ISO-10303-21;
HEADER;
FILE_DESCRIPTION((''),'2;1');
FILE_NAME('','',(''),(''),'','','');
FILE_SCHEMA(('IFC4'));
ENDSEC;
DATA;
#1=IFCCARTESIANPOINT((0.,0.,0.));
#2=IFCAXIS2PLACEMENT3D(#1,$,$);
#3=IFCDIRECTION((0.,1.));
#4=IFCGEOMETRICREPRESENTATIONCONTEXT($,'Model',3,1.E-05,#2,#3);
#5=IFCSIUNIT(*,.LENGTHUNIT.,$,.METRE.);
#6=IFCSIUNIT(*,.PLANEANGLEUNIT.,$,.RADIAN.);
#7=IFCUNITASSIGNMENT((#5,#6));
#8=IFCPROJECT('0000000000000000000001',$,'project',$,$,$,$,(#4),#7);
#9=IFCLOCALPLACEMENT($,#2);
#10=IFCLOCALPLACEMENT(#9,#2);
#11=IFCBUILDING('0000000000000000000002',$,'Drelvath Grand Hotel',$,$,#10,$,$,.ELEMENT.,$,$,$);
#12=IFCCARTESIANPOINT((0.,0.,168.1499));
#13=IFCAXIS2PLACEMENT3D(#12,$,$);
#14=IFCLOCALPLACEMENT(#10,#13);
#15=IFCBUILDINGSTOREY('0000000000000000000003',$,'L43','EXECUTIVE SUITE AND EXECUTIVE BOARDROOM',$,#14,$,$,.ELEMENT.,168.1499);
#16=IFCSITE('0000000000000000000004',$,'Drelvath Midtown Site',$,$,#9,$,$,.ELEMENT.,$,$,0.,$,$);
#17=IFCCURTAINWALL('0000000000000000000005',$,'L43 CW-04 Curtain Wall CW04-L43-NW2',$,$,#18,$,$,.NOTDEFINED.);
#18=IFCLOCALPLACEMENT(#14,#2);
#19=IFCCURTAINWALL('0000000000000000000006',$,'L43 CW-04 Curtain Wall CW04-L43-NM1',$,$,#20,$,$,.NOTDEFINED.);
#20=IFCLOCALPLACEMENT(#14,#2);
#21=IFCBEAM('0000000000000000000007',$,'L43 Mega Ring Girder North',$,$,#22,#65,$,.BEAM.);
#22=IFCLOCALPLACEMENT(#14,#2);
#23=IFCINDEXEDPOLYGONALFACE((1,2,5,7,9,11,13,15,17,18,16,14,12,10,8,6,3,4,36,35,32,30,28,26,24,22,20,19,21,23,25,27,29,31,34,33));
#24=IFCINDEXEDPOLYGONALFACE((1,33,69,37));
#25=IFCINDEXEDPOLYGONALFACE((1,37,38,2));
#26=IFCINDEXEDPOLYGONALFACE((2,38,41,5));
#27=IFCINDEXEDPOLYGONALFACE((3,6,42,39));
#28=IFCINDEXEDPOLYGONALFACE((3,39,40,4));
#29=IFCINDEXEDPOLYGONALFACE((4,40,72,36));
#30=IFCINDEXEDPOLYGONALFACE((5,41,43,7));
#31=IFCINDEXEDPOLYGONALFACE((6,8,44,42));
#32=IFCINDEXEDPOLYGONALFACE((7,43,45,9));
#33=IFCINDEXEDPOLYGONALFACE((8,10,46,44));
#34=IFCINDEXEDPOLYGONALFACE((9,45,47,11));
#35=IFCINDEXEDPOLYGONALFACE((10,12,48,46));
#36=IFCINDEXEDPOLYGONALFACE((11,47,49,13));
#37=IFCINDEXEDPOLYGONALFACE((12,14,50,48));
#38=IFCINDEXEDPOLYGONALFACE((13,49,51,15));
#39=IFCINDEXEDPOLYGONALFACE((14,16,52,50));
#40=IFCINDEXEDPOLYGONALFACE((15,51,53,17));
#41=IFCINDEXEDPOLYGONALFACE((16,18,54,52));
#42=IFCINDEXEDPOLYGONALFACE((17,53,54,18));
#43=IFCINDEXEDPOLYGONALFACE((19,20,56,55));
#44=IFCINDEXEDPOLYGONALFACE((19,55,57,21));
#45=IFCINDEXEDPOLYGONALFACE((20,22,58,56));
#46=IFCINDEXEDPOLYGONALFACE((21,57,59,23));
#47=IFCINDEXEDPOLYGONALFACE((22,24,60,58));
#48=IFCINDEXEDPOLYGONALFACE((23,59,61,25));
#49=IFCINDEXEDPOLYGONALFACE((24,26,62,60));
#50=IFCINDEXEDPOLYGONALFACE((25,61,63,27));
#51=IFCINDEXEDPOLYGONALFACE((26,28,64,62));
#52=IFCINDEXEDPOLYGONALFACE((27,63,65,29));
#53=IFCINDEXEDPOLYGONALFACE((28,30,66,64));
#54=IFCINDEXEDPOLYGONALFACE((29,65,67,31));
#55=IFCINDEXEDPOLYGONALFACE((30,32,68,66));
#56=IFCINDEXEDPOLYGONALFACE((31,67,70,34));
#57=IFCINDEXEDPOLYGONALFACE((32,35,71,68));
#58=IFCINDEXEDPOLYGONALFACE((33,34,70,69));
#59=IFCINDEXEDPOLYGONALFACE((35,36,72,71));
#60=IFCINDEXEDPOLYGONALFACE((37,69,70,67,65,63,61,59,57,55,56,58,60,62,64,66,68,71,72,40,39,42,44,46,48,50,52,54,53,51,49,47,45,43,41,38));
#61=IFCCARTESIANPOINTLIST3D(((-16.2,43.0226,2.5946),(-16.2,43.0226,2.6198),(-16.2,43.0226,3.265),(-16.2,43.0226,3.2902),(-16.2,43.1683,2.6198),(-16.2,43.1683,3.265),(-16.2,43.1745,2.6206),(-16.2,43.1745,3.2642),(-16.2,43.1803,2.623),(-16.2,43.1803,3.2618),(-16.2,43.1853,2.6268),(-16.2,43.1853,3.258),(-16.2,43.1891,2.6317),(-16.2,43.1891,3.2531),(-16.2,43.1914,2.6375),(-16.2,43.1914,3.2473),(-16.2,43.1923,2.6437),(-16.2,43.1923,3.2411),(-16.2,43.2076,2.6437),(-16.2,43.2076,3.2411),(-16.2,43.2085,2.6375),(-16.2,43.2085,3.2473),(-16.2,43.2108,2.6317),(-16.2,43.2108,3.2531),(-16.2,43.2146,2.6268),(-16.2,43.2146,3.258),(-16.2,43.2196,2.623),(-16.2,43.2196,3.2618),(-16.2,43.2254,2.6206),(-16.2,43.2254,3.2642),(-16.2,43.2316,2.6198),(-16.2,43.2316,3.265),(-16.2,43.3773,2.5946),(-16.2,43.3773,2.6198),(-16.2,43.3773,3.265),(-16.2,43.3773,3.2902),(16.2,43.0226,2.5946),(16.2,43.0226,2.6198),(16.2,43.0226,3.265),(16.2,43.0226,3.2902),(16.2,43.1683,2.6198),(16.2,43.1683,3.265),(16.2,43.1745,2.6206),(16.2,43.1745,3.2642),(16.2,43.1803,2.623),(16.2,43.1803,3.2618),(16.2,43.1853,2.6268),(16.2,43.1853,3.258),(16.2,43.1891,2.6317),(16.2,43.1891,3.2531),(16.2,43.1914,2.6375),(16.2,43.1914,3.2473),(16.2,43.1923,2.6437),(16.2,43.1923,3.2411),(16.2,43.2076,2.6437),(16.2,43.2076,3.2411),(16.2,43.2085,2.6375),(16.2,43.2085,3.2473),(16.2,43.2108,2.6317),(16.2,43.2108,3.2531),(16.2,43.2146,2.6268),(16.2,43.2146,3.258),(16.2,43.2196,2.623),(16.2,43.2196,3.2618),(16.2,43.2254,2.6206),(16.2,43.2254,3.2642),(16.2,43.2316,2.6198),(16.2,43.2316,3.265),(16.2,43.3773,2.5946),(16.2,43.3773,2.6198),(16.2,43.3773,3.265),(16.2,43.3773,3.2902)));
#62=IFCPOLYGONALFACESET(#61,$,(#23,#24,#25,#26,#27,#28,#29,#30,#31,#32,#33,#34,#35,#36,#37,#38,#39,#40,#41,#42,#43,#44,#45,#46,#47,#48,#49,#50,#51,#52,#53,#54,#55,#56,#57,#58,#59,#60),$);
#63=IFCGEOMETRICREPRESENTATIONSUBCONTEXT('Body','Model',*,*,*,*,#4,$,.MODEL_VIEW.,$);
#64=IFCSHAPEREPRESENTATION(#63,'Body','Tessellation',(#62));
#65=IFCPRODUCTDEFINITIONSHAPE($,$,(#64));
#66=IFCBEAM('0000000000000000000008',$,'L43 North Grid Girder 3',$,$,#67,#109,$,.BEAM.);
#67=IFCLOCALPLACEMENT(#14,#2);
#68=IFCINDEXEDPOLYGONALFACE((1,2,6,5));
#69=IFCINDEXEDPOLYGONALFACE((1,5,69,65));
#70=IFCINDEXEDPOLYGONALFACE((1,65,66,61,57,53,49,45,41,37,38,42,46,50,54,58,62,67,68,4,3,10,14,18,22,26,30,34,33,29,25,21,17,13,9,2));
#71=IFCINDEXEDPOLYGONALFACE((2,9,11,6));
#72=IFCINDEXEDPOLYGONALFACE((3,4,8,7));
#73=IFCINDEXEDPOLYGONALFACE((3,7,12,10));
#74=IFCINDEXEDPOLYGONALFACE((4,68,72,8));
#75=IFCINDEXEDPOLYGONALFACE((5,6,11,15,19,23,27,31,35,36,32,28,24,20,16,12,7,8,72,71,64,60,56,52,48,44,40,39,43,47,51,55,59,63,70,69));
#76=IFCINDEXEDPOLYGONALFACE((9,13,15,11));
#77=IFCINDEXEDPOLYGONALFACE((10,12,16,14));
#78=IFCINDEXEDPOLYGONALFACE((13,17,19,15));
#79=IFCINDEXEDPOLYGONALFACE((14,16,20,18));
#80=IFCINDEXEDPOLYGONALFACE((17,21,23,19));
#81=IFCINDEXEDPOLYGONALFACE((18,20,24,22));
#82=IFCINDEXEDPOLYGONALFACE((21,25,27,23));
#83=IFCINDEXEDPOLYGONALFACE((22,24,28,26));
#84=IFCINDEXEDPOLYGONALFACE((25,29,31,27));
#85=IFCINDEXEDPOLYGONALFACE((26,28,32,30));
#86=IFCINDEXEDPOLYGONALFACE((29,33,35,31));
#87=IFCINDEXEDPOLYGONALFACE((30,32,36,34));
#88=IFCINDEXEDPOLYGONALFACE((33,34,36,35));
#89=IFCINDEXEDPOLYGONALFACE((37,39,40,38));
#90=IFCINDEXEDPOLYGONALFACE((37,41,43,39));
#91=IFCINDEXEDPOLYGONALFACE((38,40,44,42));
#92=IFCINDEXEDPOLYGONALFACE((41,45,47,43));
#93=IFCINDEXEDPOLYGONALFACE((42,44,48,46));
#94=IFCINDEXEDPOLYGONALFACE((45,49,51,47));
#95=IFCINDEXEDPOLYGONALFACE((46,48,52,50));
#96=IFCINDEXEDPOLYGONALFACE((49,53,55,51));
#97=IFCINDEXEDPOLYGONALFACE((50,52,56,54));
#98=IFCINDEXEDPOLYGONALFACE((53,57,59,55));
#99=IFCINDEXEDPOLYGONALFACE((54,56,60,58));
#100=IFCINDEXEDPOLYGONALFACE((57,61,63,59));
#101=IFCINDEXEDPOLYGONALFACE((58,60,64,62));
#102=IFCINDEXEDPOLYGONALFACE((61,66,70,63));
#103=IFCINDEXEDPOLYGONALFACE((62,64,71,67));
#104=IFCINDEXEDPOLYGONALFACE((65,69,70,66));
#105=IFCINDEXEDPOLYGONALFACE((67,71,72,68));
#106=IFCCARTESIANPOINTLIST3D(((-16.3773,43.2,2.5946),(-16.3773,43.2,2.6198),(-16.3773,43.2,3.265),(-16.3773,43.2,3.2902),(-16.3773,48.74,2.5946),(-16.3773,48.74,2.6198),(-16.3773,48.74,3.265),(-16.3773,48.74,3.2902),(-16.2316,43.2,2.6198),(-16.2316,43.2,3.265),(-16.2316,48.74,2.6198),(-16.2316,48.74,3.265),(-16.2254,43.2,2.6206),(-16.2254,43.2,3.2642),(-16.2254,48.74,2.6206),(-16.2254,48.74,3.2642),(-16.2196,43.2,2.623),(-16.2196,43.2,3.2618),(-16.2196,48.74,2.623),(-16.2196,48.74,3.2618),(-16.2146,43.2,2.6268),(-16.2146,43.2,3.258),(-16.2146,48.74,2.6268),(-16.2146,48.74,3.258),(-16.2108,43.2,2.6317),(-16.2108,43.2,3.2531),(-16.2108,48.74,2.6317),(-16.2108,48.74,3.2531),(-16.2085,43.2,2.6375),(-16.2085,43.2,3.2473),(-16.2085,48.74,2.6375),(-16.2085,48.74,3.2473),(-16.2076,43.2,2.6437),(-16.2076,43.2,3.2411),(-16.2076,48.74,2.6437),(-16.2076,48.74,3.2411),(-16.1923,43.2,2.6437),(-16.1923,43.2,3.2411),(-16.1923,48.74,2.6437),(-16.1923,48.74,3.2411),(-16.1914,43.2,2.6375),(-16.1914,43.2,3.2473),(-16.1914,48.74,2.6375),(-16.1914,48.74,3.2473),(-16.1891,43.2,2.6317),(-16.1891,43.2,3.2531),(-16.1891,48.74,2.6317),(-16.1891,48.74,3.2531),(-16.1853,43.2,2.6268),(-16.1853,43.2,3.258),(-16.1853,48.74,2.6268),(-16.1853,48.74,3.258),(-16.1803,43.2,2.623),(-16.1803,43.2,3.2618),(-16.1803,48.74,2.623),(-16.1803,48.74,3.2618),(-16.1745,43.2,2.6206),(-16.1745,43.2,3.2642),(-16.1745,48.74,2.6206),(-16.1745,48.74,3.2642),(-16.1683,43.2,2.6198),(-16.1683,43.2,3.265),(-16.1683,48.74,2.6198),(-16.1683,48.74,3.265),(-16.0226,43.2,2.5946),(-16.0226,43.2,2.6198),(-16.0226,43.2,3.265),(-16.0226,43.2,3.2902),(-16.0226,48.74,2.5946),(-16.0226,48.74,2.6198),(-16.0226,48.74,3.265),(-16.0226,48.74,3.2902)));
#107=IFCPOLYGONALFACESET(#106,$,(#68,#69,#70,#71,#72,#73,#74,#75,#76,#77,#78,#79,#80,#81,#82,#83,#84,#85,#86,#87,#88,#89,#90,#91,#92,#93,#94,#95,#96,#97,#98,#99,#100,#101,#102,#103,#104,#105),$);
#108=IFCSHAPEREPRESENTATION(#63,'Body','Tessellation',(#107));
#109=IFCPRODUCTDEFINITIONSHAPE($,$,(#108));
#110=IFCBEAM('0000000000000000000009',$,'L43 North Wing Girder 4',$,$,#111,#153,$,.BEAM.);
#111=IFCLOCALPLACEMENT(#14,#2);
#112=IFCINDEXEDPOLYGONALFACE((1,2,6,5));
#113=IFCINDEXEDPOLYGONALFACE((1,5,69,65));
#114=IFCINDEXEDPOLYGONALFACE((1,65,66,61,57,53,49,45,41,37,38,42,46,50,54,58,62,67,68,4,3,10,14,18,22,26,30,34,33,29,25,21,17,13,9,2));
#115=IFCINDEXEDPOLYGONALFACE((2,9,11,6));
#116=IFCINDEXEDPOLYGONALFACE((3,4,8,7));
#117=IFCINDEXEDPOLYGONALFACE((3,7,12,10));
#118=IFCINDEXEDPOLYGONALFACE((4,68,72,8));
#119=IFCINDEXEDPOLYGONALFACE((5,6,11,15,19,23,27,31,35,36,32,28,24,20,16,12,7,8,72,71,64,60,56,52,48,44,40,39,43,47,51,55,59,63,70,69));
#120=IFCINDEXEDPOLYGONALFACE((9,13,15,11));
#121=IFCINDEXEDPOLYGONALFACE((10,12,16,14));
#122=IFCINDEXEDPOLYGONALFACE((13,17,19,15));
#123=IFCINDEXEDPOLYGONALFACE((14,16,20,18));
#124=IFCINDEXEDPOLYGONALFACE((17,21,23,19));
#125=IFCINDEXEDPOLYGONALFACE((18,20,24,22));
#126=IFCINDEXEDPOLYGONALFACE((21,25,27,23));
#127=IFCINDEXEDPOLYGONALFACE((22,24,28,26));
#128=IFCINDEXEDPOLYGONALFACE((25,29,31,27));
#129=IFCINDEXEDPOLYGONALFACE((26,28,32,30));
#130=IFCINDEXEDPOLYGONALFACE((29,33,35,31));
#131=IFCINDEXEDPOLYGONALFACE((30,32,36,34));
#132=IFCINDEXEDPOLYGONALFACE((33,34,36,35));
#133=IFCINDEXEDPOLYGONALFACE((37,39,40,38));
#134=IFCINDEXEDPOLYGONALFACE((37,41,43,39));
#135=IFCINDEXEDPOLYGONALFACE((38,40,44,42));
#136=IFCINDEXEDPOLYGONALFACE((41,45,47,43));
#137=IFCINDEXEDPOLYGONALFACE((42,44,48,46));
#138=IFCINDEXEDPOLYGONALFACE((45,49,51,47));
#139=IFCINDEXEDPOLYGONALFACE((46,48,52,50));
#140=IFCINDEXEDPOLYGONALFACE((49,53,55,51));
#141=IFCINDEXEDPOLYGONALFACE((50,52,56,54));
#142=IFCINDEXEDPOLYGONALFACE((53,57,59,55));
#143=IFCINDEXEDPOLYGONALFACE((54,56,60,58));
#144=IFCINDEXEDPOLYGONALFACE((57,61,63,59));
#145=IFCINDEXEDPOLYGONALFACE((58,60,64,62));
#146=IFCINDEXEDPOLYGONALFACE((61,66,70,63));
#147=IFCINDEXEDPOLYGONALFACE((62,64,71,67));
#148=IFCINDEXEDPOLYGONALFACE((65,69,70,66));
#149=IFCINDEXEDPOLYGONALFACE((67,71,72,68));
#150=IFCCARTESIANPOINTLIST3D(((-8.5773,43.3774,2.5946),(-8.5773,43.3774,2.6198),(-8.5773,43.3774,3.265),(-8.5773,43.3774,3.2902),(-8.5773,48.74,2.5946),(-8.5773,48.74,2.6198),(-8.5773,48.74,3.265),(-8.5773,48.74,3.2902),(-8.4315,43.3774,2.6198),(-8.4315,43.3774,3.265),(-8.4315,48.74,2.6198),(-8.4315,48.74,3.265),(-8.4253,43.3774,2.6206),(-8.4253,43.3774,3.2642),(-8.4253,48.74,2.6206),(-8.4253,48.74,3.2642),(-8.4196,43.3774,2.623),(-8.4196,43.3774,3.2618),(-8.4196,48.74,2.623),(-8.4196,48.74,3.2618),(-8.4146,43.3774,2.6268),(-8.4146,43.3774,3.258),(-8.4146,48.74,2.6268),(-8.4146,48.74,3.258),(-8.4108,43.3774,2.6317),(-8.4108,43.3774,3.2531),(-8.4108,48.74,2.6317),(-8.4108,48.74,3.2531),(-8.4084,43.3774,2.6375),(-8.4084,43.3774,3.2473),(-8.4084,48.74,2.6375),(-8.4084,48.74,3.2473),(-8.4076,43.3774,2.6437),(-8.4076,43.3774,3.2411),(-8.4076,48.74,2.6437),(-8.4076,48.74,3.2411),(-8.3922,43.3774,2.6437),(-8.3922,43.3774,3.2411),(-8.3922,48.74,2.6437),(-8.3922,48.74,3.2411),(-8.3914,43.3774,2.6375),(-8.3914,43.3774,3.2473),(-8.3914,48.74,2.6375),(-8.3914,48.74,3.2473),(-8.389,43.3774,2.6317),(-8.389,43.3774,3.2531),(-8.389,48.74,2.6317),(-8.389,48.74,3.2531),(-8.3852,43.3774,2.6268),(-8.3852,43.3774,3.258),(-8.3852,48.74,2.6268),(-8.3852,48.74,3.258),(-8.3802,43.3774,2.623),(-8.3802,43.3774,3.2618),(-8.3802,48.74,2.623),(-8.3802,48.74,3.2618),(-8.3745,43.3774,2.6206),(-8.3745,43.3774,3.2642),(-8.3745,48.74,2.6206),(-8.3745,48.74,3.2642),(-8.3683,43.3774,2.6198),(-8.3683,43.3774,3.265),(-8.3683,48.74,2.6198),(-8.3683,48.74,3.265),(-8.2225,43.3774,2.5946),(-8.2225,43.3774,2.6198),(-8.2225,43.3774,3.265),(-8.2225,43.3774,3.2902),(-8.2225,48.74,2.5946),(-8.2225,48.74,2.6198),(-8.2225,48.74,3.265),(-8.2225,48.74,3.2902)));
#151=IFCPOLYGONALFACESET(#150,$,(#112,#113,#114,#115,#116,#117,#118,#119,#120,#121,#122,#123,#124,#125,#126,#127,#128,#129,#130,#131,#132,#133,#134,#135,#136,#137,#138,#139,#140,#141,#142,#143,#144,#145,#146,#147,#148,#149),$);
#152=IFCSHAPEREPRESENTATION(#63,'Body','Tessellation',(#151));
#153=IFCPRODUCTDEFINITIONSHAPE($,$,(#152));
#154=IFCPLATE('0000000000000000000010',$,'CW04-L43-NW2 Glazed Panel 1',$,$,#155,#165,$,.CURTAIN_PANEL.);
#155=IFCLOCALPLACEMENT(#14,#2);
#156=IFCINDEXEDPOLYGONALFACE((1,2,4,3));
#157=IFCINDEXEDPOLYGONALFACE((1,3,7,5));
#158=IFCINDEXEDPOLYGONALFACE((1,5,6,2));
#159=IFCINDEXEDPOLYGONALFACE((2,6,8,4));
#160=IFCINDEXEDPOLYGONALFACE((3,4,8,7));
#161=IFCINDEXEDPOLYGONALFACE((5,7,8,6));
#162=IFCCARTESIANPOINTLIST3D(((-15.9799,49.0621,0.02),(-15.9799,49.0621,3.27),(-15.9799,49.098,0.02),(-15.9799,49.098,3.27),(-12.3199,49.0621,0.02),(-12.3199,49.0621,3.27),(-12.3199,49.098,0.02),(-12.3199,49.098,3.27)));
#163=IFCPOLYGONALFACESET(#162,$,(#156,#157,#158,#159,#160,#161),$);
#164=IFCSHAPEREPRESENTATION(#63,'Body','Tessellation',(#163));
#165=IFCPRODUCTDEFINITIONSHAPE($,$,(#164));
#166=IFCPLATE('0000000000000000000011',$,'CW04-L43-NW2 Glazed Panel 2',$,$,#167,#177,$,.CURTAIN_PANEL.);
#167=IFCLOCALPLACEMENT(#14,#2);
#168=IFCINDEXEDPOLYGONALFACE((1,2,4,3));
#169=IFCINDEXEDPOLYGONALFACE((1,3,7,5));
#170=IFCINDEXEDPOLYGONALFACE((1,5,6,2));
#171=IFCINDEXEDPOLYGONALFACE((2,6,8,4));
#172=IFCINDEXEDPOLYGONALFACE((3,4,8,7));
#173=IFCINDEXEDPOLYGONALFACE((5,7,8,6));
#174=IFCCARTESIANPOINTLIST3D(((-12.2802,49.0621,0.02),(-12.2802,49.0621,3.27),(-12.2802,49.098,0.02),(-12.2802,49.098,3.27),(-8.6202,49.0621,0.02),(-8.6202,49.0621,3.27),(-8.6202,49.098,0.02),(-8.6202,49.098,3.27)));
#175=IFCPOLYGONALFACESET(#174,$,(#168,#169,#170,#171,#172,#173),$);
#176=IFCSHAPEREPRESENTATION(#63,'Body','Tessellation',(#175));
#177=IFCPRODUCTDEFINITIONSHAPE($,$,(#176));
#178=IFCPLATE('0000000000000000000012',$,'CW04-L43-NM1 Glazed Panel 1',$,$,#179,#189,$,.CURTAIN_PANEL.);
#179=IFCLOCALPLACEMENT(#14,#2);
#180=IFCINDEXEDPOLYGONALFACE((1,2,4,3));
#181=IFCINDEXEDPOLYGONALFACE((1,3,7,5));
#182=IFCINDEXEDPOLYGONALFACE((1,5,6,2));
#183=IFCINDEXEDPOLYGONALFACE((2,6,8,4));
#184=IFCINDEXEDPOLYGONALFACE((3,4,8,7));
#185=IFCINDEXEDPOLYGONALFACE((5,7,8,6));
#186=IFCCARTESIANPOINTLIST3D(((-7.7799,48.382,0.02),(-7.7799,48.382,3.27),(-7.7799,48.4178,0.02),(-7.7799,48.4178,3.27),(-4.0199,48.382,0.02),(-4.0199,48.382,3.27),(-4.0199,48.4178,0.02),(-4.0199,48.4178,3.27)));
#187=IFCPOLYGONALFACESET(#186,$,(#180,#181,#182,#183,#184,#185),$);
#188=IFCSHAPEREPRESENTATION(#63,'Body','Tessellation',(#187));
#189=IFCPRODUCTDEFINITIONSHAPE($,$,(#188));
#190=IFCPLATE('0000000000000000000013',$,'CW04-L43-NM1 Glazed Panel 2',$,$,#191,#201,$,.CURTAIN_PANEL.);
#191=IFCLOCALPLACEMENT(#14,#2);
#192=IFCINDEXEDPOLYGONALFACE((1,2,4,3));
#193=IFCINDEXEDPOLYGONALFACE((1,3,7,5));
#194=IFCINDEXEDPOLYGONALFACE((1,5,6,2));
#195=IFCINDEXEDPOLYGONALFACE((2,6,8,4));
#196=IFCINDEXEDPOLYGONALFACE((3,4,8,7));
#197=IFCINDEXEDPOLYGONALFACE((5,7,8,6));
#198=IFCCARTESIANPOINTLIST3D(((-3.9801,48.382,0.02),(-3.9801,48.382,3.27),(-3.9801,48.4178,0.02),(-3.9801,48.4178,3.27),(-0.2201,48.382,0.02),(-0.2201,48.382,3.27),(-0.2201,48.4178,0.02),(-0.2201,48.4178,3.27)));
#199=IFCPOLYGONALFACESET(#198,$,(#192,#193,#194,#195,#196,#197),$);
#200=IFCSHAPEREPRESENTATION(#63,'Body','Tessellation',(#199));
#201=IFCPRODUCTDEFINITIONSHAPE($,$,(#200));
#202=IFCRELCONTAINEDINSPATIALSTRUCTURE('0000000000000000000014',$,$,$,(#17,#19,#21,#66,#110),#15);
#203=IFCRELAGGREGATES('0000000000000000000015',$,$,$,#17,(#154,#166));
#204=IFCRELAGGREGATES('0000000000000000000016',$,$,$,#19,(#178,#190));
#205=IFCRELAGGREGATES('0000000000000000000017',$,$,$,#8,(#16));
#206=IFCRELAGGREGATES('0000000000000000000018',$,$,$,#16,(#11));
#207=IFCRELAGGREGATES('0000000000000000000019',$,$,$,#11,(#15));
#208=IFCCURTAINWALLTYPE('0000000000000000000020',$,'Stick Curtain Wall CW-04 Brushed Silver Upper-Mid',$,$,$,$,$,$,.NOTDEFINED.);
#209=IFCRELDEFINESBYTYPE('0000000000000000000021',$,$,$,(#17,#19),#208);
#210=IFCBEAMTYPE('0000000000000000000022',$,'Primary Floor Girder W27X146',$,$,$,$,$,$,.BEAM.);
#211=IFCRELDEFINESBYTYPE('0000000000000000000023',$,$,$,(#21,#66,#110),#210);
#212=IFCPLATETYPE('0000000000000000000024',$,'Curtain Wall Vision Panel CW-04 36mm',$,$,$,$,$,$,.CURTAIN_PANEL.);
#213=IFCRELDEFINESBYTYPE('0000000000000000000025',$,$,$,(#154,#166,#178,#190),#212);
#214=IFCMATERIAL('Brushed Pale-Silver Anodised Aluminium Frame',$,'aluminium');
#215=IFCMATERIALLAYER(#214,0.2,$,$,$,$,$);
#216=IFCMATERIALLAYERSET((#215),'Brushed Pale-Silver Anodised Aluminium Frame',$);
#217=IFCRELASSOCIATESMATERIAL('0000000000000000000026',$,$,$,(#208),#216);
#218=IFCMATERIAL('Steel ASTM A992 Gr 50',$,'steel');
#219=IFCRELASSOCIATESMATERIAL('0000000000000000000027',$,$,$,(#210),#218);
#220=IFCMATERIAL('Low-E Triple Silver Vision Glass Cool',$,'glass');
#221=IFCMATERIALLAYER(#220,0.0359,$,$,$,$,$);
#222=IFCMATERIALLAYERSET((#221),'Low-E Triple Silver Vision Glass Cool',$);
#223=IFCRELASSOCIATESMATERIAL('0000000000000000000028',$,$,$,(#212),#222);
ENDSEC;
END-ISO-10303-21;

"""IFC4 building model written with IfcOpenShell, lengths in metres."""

from ifc_helpers import new_model, si_unit, direction, frame, origin, origin_2d, place, context, subcontext, project, spatial, rectangle, i_section, extrude, material, layer, layer_set, material_profile, profile_set, type_object, element, aggregate, save


model = new_model("IFC4")

# Units and contexts
model_context = context("Model", 3, precision=1e-05, world=origin(), true_north=direction((0.0, 1.0)))
body_context = subcontext(model_context, "Body", "Model", "MODEL_VIEW")
ifc_project = project(units=[si_unit("LENGTHUNIT", "METRE"), si_unit("PLANEANGLEUNIT", "RADIAN")], contexts=[model_context])

# Site, building, storey
site_placement = place(None, origin())
site = spatial("IfcSite", under=ifc_project, at=site_placement, Name="Drelvath Midtown Site", CompositionType="ELEMENT", RefElevation=0.0)
building_placement = place(site_placement, origin())
building = spatial("IfcBuilding", under=site, at=building_placement, Name="Drelvath Grand Hotel", CompositionType="ELEMENT")
storey_placement = place(building_placement, frame((0.0, 0.0, 168.1499)))
storey = spatial("IfcBuildingStorey", under=building, at=storey_placement, Name="L43", Description="EXECUTIVE SUITE AND EXECUTIVE BOARDROOM", CompositionType="ELEMENT", Elevation=168.1499)

# Curtain walls
ifc_material_1 = material(Name="Brushed Pale-Silver Anodised Aluminium Frame", Category="aluminium")
ifc_layer_1 = layer(ifc_material_1, 0.2)
ifc_layer_set_1 = layer_set([ifc_layer_1], Name="Brushed Pale-Silver Anodised Aluminium Frame")
curtain_wall_type = type_object("IfcCurtainWallType", Name="Stick Curtain Wall CW-04 Brushed Silver Upper-Mid", PredefinedType="NOTDEFINED", material=ifc_layer_set_1)
curtain_wall_1_placement = place(storey_placement, origin())
curtain_wall_1 = element("IfcCurtainWall", 1, at=curtain_wall_1_placement, inside=storey, type_object=curtain_wall_type, Name="L43 CW-04 Curtain Wall CW04-L43-NW2", PredefinedType="NOTDEFINED")
curtain_wall_2_placement = place(storey_placement, origin())
curtain_wall_2 = element("IfcCurtainWall", 2, at=curtain_wall_2_placement, inside=storey, type_object=curtain_wall_type, Name="L43 CW-04 Curtain Wall CW04-L43-NM1", PredefinedType="NOTDEFINED")

# Beams
ifc_material_2 = material(Name="Steel ASTM A992 Gr 50", Category="steel")
ifc_material_profile_1 = material_profile(ifc_material_2, i_section(OverallWidth=0.3547, OverallDepth=0.6956, WebThickness=0.0154, FlangeThickness=0.0251, FilletRadius=0.0239, at=origin_2d()), Name="W27X146")
ifc_profile_set_1 = profile_set([ifc_material_profile_1], Name="Steel ASTM A992 Gr 50")
beam_type_1 = type_object("IfcBeamType", Name="Primary Floor Girder W27X146", PredefinedType="BEAM", material=ifc_profile_set_1)
beam_1_placement = place(storey_placement, frame((-16.2, 43.2, 2.9424), z_axis=(1.0, 0.0, 0.0), x_axis=(0.0, 1.0, 0.0)))
element("IfcBeam", 3, at=beam_1_placement, inside=storey, type_object=beam_type_1, Name="L43 Mega Ring Girder North", PredefinedType="BEAM", context=body_context, shape_type="SweptSolid", body=[
    extrude(i_section(OverallWidth=0.3547, OverallDepth=0.6956, WebThickness=0.0154, FlangeThickness=0.0251, FilletRadius=0.0239, at=origin_2d()), origin(), (0.0, 0.0, 1.0), 32.3999),
])
beam_2_placement = place(storey_placement, frame((-16.2, 43.2, 2.9424), z_axis=(0.0, 1.0, 0.0), x_axis=(-1.0, 0.0, 0.0)))
element("IfcBeam", 4, at=beam_2_placement, inside=storey, type_object=beam_type_1, Name="L43 North Grid Girder 3", PredefinedType="BEAM", context=body_context, shape_type="SweptSolid", body=[
    extrude(i_section(OverallWidth=0.3547, OverallDepth=0.6956, WebThickness=0.0154, FlangeThickness=0.0251, FilletRadius=0.0239, at=origin_2d()), origin(), (0.0, 0.0, 1.0), 5.54),
])
beam_3_placement = place(storey_placement, frame((-8.3999, 43.3774, 2.9424), z_axis=(0.0, 1.0, 0.0), x_axis=(-1.0, 0.0, 0.0)))
element("IfcBeam", 5, at=beam_3_placement, inside=storey, type_object=beam_type_1, Name="L43 North Wing Girder 4", PredefinedType="BEAM", context=body_context, shape_type="SweptSolid", body=[
    extrude(i_section(OverallWidth=0.3547, OverallDepth=0.6956, WebThickness=0.0154, FlangeThickness=0.0251, FilletRadius=0.0239, at=origin_2d()), origin(), (0.0, 0.0, 1.0), 5.3625),
])

# Plates
ifc_material_3 = material(Name="Low-E Triple Silver Vision Glass Cool", Category="glass")
ifc_layer_2 = layer(ifc_material_3, 0.0359)
ifc_layer_set_2 = layer_set([ifc_layer_2], Name="Low-E Triple Silver Vision Glass Cool")
plate_type = type_object("IfcPlateType", Name="Curtain Wall Vision Panel CW-04 36mm", PredefinedType="CURTAIN_PANEL", material=ifc_layer_set_2)
plate_1_placement = place(storey_placement, frame((-14.1499, 49.0801, 0.02), z_axis=(0.0, 0.0, 1.0), x_axis=(1.0, 0.0, 0.0)))
plate_1 = element("IfcPlate", 6, at=plate_1_placement, type_object=plate_type, Name="CW04-L43-NW2 Glazed Panel 1", PredefinedType="CURTAIN_PANEL", context=body_context, shape_type="SweptSolid", body=[
    extrude(rectangle(XDim=3.6599, YDim=0.0359, at=origin_2d()), origin(), (0.0, 0.0, 1.0), 3.25),
])
plate_2_placement = place(storey_placement, frame((-10.4502, 49.0801, 0.02), z_axis=(0.0, 0.0, 1.0), x_axis=(1.0, 0.0, 0.0)))
plate_2 = element("IfcPlate", 7, at=plate_2_placement, type_object=plate_type, Name="CW04-L43-NW2 Glazed Panel 2", PredefinedType="CURTAIN_PANEL", context=body_context, shape_type="SweptSolid", body=[
    extrude(rectangle(XDim=3.6599, YDim=0.0359, at=origin_2d()), origin(), (0.0, 0.0, 1.0), 3.25),
])
aggregate(curtain_wall_1, [plate_1, plate_2])
plate_3_placement = place(storey_placement, frame((-5.8999, 48.3999, 0.02), z_axis=(0.0, 0.0, 1.0), x_axis=(1.0, 0.0, 0.0)))
plate_3 = element("IfcPlate", 8, at=plate_3_placement, type_object=plate_type, Name="CW04-L43-NM1 Glazed Panel 1", PredefinedType="CURTAIN_PANEL", context=body_context, shape_type="SweptSolid", body=[
    extrude(rectangle(XDim=3.76, YDim=0.0359, at=origin_2d()), origin(), (0.0, 0.0, 1.0), 3.25),
])
plate_4_placement = place(storey_placement, frame((-2.1001, 48.3999, 0.02), z_axis=(0.0, 0.0, 1.0), x_axis=(1.0, 0.0, 0.0)))
plate_4 = element("IfcPlate", 9, at=plate_4_placement, type_object=plate_type, Name="CW04-L43-NM1 Glazed Panel 2", PredefinedType="CURTAIN_PANEL", context=body_context, shape_type="SweptSolid", body=[
    extrude(rectangle(XDim=3.76, YDim=0.0359, at=origin_2d()), origin(), (0.0, 0.0, 1.0), 3.25),
])
aggregate(curtain_wall_2, [plate_3, plate_4])

save(model, "model.ifc")
